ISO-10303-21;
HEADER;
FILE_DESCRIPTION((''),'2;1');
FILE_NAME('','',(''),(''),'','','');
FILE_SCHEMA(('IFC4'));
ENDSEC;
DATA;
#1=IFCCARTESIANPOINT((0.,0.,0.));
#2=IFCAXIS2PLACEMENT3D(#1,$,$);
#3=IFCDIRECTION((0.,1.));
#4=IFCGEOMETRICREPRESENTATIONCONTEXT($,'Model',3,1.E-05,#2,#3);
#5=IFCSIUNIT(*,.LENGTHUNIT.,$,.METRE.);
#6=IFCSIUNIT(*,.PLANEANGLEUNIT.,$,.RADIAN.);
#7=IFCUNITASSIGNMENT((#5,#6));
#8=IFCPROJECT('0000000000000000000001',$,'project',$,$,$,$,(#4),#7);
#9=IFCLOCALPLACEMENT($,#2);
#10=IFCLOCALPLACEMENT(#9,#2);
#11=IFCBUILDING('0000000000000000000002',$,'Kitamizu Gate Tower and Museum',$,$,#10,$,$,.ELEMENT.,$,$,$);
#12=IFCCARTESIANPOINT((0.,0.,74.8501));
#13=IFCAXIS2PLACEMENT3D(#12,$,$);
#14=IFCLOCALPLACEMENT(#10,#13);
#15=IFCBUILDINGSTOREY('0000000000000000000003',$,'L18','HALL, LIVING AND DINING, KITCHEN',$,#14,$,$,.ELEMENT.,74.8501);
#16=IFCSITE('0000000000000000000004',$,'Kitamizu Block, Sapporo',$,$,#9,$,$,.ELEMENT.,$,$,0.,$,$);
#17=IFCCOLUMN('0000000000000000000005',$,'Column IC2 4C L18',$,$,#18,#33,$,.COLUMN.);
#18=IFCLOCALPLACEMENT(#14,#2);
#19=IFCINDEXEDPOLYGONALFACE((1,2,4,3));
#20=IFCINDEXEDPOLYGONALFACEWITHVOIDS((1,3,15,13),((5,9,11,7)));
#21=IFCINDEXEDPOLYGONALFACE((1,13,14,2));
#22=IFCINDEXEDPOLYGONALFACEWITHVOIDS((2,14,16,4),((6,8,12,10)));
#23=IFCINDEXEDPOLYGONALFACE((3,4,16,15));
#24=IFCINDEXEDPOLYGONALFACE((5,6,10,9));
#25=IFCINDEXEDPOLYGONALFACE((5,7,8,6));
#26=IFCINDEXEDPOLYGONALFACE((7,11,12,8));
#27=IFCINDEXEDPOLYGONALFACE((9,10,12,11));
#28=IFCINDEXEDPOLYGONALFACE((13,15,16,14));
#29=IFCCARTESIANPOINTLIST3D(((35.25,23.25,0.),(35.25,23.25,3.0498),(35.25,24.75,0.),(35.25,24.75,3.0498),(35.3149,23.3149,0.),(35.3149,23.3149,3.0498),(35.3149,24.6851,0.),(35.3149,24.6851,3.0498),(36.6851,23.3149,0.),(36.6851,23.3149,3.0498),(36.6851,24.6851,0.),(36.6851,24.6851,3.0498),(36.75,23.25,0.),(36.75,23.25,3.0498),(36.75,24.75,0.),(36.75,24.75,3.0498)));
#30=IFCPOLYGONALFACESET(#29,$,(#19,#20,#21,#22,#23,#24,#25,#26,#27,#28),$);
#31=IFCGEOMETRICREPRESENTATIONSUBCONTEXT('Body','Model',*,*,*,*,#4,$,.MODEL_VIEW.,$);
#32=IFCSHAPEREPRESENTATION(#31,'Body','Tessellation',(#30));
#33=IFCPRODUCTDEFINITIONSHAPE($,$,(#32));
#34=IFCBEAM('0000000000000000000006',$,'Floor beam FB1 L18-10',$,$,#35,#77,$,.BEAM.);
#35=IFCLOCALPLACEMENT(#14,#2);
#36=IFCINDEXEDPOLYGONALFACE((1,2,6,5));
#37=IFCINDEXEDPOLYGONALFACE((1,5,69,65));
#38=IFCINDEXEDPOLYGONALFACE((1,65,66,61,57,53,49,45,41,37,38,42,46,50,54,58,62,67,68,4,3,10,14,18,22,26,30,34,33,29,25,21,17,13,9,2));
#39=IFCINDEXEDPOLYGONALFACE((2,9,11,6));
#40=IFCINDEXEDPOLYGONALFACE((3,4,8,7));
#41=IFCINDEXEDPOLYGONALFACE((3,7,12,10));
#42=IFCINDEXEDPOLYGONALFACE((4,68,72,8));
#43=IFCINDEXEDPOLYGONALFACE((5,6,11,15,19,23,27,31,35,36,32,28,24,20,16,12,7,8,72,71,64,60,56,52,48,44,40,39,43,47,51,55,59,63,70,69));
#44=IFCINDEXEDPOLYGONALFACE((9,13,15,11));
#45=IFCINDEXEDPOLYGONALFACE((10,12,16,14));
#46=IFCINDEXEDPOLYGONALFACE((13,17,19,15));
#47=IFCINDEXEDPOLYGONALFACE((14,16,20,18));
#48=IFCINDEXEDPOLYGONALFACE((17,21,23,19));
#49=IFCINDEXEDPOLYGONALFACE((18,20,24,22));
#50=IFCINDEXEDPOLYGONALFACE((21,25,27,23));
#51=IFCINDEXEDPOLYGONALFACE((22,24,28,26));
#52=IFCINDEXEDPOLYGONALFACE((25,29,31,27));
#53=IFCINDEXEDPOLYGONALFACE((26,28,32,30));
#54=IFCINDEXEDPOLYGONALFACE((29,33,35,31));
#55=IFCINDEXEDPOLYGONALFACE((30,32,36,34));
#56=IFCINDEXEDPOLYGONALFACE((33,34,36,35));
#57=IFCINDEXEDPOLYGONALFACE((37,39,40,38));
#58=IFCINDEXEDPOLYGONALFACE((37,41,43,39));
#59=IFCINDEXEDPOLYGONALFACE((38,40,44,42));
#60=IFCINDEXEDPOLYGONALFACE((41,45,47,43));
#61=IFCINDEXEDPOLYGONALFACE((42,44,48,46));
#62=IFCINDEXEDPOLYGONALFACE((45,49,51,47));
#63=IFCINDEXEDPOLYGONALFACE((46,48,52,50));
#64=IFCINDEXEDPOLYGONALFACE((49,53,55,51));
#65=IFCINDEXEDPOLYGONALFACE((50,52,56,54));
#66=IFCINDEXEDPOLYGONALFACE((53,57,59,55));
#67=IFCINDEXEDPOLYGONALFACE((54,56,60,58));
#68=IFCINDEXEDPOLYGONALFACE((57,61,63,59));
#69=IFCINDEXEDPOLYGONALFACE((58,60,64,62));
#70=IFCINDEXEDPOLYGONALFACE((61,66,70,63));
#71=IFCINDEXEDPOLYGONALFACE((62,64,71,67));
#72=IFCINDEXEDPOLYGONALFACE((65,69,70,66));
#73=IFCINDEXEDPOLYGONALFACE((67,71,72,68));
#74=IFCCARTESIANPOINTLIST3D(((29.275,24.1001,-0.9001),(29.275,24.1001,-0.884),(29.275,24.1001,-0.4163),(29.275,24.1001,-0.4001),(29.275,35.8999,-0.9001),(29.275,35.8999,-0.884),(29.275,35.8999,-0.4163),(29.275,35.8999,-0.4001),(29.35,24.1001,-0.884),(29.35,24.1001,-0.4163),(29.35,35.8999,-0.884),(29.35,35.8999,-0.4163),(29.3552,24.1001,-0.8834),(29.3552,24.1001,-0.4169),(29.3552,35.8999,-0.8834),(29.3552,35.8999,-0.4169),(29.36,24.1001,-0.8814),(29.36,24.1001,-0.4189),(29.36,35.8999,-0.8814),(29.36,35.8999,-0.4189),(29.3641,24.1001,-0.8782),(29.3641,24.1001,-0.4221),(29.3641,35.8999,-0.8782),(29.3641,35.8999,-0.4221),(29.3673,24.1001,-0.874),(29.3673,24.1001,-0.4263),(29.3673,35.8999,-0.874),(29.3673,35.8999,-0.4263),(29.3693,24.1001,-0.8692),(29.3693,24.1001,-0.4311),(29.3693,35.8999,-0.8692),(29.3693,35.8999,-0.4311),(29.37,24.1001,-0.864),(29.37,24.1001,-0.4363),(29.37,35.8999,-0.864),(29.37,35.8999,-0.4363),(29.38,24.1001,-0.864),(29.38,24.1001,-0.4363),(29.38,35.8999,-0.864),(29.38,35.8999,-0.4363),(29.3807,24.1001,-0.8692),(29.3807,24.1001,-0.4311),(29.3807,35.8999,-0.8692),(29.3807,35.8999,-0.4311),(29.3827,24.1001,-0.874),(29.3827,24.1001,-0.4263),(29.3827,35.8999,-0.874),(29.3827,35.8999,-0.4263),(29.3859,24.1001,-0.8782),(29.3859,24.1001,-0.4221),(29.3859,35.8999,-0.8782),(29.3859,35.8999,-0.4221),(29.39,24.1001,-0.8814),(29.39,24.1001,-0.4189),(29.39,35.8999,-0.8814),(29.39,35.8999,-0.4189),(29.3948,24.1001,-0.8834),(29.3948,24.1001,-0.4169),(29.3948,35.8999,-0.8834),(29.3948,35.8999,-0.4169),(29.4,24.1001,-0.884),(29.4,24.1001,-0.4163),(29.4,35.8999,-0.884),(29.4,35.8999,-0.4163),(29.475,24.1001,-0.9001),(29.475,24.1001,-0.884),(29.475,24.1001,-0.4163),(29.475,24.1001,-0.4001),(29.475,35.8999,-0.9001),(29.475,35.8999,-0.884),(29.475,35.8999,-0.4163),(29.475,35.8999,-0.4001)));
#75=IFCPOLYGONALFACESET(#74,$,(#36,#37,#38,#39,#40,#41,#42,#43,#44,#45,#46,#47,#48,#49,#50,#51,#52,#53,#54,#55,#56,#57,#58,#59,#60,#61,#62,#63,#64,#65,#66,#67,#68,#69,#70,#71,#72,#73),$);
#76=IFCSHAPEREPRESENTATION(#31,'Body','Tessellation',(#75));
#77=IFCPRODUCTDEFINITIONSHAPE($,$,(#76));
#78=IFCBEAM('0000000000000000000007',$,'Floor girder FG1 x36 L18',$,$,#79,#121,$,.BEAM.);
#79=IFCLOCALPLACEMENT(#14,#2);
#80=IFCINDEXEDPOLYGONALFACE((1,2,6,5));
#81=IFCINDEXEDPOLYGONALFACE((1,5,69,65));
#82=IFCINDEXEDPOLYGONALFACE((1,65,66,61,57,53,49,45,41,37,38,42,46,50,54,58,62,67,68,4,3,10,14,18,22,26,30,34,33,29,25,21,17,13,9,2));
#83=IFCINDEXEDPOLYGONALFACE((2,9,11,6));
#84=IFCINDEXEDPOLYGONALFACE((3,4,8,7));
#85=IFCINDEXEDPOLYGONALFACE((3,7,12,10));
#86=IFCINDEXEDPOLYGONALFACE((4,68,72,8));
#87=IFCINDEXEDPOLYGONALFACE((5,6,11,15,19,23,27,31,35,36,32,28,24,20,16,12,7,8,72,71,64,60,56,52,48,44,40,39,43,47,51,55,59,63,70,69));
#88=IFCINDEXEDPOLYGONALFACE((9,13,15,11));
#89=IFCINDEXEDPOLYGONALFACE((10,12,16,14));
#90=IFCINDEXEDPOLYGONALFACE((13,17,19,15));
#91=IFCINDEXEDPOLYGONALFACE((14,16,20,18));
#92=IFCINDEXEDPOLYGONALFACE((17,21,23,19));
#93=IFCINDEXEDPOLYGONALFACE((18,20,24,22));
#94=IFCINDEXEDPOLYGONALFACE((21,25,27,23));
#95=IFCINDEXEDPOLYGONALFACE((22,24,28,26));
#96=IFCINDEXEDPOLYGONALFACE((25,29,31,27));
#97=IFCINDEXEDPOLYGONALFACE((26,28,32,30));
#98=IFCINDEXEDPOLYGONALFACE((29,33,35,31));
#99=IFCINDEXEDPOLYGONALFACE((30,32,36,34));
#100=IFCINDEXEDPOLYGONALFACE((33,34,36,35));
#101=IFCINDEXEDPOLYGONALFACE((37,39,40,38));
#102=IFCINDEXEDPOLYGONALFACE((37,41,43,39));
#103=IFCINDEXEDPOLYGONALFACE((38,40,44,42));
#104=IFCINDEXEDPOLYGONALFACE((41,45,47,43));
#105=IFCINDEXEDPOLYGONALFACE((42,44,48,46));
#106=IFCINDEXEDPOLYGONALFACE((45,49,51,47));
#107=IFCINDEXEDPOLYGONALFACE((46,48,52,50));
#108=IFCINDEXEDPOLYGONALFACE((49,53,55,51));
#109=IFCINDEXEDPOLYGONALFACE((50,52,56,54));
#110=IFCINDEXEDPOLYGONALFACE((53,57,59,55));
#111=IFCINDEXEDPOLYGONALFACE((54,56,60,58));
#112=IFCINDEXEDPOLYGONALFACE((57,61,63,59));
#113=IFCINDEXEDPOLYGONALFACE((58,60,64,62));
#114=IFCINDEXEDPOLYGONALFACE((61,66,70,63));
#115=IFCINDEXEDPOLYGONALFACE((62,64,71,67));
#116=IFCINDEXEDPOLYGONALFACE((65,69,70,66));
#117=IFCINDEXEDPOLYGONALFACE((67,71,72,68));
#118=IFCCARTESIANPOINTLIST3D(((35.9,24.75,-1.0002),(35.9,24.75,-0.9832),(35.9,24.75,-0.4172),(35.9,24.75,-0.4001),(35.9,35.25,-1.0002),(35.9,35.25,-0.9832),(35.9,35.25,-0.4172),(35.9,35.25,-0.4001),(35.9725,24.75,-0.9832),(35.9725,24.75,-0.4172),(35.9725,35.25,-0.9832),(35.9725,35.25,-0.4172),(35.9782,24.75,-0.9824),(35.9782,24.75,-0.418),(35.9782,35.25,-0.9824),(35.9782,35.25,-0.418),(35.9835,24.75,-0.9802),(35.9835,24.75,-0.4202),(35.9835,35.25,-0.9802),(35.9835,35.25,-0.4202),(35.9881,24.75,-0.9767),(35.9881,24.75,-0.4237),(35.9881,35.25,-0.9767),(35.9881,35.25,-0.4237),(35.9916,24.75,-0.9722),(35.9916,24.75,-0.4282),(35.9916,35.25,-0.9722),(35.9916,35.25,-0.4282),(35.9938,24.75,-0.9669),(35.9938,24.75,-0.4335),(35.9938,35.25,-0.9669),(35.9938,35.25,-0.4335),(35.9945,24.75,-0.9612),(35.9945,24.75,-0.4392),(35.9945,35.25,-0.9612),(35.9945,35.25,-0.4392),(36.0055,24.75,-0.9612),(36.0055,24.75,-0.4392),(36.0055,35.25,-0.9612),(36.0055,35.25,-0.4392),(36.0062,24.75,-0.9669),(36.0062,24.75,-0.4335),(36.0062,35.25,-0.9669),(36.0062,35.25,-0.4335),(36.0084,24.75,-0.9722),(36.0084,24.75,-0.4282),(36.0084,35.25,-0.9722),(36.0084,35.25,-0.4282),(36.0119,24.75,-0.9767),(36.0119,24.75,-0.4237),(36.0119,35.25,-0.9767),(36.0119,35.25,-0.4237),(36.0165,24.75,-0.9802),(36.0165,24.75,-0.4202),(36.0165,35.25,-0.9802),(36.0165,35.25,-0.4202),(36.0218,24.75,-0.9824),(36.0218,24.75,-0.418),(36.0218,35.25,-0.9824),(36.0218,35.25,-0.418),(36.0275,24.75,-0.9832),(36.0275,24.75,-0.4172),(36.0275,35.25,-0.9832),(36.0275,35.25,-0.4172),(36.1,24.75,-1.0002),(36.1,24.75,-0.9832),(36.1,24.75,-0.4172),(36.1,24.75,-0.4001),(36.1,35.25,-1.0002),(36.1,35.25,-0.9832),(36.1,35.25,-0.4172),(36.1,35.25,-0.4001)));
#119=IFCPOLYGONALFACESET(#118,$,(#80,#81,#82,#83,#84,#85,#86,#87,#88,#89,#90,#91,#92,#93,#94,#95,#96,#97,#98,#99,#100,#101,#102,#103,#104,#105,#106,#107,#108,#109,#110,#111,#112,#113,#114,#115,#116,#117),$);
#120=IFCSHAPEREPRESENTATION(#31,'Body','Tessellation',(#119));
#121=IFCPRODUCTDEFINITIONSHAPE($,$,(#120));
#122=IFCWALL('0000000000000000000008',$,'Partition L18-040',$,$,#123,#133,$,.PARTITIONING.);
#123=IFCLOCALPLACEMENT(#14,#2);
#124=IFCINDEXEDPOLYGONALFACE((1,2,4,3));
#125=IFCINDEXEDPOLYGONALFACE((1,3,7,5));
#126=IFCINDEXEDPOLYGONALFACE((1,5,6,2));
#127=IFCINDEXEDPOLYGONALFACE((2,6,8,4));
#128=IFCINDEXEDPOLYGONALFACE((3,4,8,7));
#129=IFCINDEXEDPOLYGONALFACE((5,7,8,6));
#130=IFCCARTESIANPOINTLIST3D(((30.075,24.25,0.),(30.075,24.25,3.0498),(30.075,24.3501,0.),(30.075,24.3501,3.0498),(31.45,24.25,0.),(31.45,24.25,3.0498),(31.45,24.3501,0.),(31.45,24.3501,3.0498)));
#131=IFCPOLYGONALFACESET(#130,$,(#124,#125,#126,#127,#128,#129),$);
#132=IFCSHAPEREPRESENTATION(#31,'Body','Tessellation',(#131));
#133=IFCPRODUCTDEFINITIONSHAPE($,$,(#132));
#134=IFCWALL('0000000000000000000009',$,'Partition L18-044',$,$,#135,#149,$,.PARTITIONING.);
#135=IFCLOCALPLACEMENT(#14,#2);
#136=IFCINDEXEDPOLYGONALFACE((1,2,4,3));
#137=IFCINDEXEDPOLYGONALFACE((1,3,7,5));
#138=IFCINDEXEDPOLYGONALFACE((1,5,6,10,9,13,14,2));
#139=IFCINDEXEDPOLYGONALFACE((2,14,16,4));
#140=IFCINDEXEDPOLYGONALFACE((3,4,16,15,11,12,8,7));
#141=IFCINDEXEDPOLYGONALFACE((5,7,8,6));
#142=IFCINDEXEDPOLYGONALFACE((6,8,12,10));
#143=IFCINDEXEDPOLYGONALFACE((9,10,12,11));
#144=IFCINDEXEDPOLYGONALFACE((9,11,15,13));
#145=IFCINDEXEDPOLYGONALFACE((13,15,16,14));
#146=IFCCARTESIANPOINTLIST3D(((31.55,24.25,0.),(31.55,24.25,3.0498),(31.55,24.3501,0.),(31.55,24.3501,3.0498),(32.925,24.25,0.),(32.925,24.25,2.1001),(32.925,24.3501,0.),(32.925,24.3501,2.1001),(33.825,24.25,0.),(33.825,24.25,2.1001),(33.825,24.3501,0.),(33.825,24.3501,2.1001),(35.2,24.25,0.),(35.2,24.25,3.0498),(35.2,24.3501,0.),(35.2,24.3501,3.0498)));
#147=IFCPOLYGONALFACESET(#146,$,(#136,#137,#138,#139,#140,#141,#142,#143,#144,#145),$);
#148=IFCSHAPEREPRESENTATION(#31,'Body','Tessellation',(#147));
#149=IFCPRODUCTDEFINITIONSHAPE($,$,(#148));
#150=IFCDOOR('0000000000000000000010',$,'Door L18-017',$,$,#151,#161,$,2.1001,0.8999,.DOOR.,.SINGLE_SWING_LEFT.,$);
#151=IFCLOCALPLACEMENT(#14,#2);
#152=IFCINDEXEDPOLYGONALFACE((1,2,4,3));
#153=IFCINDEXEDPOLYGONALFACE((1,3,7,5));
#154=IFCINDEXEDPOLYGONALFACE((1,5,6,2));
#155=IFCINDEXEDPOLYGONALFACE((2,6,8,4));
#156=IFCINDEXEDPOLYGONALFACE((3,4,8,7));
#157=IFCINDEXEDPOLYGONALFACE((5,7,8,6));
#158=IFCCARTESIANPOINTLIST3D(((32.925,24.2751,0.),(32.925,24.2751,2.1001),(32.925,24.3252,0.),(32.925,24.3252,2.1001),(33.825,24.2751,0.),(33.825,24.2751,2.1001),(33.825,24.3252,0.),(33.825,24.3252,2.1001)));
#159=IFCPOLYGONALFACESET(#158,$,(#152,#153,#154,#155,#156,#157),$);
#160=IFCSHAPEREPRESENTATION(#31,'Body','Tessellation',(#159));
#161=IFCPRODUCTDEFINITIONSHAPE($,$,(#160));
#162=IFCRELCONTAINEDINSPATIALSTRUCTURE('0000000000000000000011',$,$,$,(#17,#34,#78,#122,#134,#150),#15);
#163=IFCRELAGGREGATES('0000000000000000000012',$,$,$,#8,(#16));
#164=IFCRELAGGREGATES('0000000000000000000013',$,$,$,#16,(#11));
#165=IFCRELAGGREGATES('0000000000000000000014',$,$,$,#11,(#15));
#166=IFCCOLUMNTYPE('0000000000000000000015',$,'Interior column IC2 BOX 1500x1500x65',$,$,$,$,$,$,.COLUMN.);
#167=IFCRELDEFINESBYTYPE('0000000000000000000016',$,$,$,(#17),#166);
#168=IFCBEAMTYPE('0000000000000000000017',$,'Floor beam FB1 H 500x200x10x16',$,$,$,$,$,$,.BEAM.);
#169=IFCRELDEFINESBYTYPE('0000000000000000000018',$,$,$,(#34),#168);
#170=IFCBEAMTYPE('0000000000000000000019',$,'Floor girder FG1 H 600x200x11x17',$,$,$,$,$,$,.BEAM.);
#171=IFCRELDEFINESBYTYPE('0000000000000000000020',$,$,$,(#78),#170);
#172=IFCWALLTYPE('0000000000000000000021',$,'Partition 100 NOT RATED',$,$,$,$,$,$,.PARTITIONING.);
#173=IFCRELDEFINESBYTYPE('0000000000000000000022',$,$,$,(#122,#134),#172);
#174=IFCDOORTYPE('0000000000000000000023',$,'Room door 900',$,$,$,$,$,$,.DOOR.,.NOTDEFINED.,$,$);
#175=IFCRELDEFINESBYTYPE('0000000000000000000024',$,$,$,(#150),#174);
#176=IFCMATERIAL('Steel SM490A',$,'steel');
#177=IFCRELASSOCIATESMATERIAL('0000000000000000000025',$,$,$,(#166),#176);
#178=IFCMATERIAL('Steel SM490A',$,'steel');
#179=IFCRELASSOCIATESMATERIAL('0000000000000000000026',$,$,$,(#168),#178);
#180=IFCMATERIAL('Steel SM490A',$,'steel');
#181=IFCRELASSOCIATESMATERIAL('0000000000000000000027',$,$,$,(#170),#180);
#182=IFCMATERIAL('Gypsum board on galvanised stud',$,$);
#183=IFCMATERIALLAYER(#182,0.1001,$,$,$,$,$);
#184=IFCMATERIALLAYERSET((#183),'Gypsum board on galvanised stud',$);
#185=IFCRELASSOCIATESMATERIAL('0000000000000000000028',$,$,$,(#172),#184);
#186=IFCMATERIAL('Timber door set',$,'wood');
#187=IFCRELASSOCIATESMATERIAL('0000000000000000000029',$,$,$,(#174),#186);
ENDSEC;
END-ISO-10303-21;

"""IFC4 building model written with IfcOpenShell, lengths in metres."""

from ifc_helpers import new_model, si_unit, direction, frame, frame_2d, origin, origin_2d, place, context, subcontext, project, spatial, rectangle, hollow_rectangle, i_section, extrude, material, layer, layer_set, material_profile, profile_set, type_object, element, fill, save


model = new_model("IFC4")

# Units and contexts
model_context = context("Model", 3, precision=1e-05, world=origin(), true_north=direction((0.0, 1.0)))
body_context = subcontext(model_context, "Body", "Model", "MODEL_VIEW")
ifc_project = project(units=[si_unit("LENGTHUNIT", "METRE"), si_unit("PLANEANGLEUNIT", "RADIAN")], contexts=[model_context])

# Site, building, storey
site_placement = place(None, origin())
site = spatial("IfcSite", under=ifc_project, at=site_placement, Name="Kitamizu Block, Sapporo", CompositionType="ELEMENT", RefElevation=0.0)
building_placement = place(site_placement, origin())
building = spatial("IfcBuilding", under=site, at=building_placement, Name="Kitamizu Gate Tower and Museum", CompositionType="ELEMENT")
storey_placement = place(building_placement, frame((0.0, 0.0, 74.8501)))
storey = spatial("IfcBuildingStorey", under=building, at=storey_placement, Name="L18", Description="HALL, LIVING AND DINING, KITCHEN", CompositionType="ELEMENT", Elevation=74.8501)

# Column
ifc_material_1 = material(Name="Steel SM490A", Category="steel")
ifc_material_profile_1 = material_profile(ifc_material_1, hollow_rectangle(XDim=1.5, YDim=1.5, WallThickness=0.0649, at=origin_2d()), Name="BOX 1500x1500x65")
ifc_profile_set_1 = profile_set([ifc_material_profile_1], Name="Steel SM490A")
column_type = type_object("IfcColumnType", Name="Interior column IC2 BOX 1500x1500x65", PredefinedType="COLUMN", material=ifc_profile_set_1)
column_placement = place(storey_placement, frame((36.0, 24.0, 0.0), z_axis=(0.0, 0.0, 1.0), x_axis=(1.0, 0.0, 0.0)))
element("IfcColumn", 1, at=column_placement, inside=storey, type_object=column_type, Name="Column IC2 4C L18", PredefinedType="COLUMN", context=body_context, shape_type="SweptSolid", body=[
    extrude(hollow_rectangle(XDim=1.5, YDim=1.5, WallThickness=0.0649, at=origin_2d()), origin(), (0.0, 0.0, 1.0), 3.0498),
])

# Beams
ifc_material_2 = material(Name="Steel SM490A", Category="steel")
ifc_material_profile_2 = material_profile(ifc_material_2, i_section(OverallWidth=0.2, OverallDepth=0.5, WebThickness=0.01, FlangeThickness=0.0161, FilletRadius=0.02, at=origin_2d()), Name="H-500x200x10x16")
ifc_profile_set_2 = profile_set([ifc_material_profile_2], Name="Steel SM490A")
beam_type_1 = type_object("IfcBeamType", Name="Floor beam FB1 H 500x200x10x16", PredefinedType="BEAM", material=ifc_profile_set_2)
beam_1_placement = place(storey_placement, frame((29.375, 24.1001, -0.6501), z_axis=(0.0, 1.0, 0.0), x_axis=(-1.0, 0.0, 0.0)))
element("IfcBeam", 2, at=beam_1_placement, inside=storey, type_object=beam_type_1, Name="Floor beam FB1 L18-10", PredefinedType="BEAM", context=body_context, shape_type="SweptSolid", body=[
    extrude(i_section(OverallWidth=0.2, OverallDepth=0.5, WebThickness=0.01, FlangeThickness=0.0161, FilletRadius=0.02, at=origin_2d()), origin(), (0.0, 0.0, 1.0), 11.7998),
])
ifc_material_3 = material(Name="Steel SM490A", Category="steel")
ifc_material_profile_3 = material_profile(ifc_material_3, i_section(OverallWidth=0.2, OverallDepth=0.6001, WebThickness=0.011, FlangeThickness=0.0171, FilletRadius=0.022, at=origin_2d()), Name="H-600x200x11x17")
ifc_profile_set_3 = profile_set([ifc_material_profile_3], Name="Steel SM490A")
beam_type_2 = type_object("IfcBeamType", Name="Floor girder FG1 H 600x200x11x17", PredefinedType="BEAM", material=ifc_profile_set_3)
beam_2_placement = place(storey_placement, frame((36.0, 24.75, -0.7002), z_axis=(0.0, 1.0, 0.0), x_axis=(-1.0, 0.0, 0.0)))
element("IfcBeam", 3, at=beam_2_placement, inside=storey, type_object=beam_type_2, Name="Floor girder FG1 x36 L18", PredefinedType="BEAM", context=body_context, shape_type="SweptSolid", body=[
    extrude(i_section(OverallWidth=0.2, OverallDepth=0.6001, WebThickness=0.011, FlangeThickness=0.0171, FilletRadius=0.022, at=origin_2d()), origin(), (0.0, 0.0, 1.0), 10.5),
])

# Wall
ifc_material_4 = material(Name="Gypsum board on galvanised stud")
ifc_layer_1 = layer(ifc_material_4, 0.1001)
ifc_layer_set_1 = layer_set([ifc_layer_1], Name="Gypsum board on galvanised stud")
wall_type_1 = type_object("IfcWallType", Name="Partition 100 NOT RATED", PredefinedType="PARTITIONING", material=ifc_layer_set_1)
wall_1_placement = place(storey_placement, frame((31.45, 24.3, 0.0), z_axis=(0.0, 0.0, 1.0), x_axis=(-1.0, 0.0, 0.0)))
element("IfcWall", 4, at=wall_1_placement, inside=storey, type_object=wall_type_1, Name="Partition L18-040", PredefinedType="PARTITIONING", context=body_context, shape_type="SweptSolid", body=[
    extrude(rectangle(XDim=1.375, YDim=0.1001, at=frame_2d((0.6875, 0.0))), origin(), (0.0, 0.0, 1.0), 3.0498),
])

# Wall, opening, door
wall_2_placement = place(storey_placement, frame((35.2, 24.3, 0.0), z_axis=(0.0, 0.0, 1.0), x_axis=(-1.0, 0.0, 0.0)))
wall_2 = element("IfcWall", 5, at=wall_2_placement, inside=storey, type_object=wall_type_1, Name="Partition L18-044", PredefinedType="PARTITIONING", context=body_context, shape_type="SweptSolid", body=[
    extrude(rectangle(XDim=3.6499, YDim=0.1001, at=frame_2d((1.825, 0.0))), origin(), (0.0, 0.0, 1.0), 3.0498),
])
opening_1_placement = place(wall_2_placement, frame((1.375, 0.0, 0.0)))
opening_1 = element("IfcOpeningElement", 6, at=opening_1_placement, cuts=wall_2, PredefinedType="OPENING", context=body_context, shape_type="SweptSolid", body=[
    extrude(rectangle(XDim=0.8999, YDim=2.1001, at=frame_2d((0.45, 1.05))), frame((0.0, 0.0601, 0.0), z_axis=(0.0, -1.0, 0.0), x_axis=(1.0, 0.0, 0.0)), (0.0, 0.0, 1.0), 0.1201),
])
ifc_material_5 = material(Name="Timber door set", Category="wood")
door_type_1 = type_object("IfcDoorType", Name="Room door 900", OperationType="NOTDEFINED", PredefinedType="DOOR", material=ifc_material_5)
door_1_placement = place(opening_1_placement, origin())
door_1 = element("IfcDoor", 7, at=door_1_placement, inside=storey, type_object=door_type_1, Name="Door L18-017", OperationType="SINGLE_SWING_LEFT", OverallHeight=2.1001, OverallWidth=0.8999, PredefinedType="DOOR", context=body_context, shape_type="SweptSolid", body=[
    extrude(rectangle(XDim=0.8999, YDim=2.1001, at=frame_2d((0.45, 1.05))), frame((0.0, 0.0249, 0.0), z_axis=(0.0, -1.0, 0.0), x_axis=(1.0, 0.0, 0.0)), (0.0, 0.0, 1.0), 0.05),
])
fill(opening_1, door_1)

save(model, "model.ifc")
